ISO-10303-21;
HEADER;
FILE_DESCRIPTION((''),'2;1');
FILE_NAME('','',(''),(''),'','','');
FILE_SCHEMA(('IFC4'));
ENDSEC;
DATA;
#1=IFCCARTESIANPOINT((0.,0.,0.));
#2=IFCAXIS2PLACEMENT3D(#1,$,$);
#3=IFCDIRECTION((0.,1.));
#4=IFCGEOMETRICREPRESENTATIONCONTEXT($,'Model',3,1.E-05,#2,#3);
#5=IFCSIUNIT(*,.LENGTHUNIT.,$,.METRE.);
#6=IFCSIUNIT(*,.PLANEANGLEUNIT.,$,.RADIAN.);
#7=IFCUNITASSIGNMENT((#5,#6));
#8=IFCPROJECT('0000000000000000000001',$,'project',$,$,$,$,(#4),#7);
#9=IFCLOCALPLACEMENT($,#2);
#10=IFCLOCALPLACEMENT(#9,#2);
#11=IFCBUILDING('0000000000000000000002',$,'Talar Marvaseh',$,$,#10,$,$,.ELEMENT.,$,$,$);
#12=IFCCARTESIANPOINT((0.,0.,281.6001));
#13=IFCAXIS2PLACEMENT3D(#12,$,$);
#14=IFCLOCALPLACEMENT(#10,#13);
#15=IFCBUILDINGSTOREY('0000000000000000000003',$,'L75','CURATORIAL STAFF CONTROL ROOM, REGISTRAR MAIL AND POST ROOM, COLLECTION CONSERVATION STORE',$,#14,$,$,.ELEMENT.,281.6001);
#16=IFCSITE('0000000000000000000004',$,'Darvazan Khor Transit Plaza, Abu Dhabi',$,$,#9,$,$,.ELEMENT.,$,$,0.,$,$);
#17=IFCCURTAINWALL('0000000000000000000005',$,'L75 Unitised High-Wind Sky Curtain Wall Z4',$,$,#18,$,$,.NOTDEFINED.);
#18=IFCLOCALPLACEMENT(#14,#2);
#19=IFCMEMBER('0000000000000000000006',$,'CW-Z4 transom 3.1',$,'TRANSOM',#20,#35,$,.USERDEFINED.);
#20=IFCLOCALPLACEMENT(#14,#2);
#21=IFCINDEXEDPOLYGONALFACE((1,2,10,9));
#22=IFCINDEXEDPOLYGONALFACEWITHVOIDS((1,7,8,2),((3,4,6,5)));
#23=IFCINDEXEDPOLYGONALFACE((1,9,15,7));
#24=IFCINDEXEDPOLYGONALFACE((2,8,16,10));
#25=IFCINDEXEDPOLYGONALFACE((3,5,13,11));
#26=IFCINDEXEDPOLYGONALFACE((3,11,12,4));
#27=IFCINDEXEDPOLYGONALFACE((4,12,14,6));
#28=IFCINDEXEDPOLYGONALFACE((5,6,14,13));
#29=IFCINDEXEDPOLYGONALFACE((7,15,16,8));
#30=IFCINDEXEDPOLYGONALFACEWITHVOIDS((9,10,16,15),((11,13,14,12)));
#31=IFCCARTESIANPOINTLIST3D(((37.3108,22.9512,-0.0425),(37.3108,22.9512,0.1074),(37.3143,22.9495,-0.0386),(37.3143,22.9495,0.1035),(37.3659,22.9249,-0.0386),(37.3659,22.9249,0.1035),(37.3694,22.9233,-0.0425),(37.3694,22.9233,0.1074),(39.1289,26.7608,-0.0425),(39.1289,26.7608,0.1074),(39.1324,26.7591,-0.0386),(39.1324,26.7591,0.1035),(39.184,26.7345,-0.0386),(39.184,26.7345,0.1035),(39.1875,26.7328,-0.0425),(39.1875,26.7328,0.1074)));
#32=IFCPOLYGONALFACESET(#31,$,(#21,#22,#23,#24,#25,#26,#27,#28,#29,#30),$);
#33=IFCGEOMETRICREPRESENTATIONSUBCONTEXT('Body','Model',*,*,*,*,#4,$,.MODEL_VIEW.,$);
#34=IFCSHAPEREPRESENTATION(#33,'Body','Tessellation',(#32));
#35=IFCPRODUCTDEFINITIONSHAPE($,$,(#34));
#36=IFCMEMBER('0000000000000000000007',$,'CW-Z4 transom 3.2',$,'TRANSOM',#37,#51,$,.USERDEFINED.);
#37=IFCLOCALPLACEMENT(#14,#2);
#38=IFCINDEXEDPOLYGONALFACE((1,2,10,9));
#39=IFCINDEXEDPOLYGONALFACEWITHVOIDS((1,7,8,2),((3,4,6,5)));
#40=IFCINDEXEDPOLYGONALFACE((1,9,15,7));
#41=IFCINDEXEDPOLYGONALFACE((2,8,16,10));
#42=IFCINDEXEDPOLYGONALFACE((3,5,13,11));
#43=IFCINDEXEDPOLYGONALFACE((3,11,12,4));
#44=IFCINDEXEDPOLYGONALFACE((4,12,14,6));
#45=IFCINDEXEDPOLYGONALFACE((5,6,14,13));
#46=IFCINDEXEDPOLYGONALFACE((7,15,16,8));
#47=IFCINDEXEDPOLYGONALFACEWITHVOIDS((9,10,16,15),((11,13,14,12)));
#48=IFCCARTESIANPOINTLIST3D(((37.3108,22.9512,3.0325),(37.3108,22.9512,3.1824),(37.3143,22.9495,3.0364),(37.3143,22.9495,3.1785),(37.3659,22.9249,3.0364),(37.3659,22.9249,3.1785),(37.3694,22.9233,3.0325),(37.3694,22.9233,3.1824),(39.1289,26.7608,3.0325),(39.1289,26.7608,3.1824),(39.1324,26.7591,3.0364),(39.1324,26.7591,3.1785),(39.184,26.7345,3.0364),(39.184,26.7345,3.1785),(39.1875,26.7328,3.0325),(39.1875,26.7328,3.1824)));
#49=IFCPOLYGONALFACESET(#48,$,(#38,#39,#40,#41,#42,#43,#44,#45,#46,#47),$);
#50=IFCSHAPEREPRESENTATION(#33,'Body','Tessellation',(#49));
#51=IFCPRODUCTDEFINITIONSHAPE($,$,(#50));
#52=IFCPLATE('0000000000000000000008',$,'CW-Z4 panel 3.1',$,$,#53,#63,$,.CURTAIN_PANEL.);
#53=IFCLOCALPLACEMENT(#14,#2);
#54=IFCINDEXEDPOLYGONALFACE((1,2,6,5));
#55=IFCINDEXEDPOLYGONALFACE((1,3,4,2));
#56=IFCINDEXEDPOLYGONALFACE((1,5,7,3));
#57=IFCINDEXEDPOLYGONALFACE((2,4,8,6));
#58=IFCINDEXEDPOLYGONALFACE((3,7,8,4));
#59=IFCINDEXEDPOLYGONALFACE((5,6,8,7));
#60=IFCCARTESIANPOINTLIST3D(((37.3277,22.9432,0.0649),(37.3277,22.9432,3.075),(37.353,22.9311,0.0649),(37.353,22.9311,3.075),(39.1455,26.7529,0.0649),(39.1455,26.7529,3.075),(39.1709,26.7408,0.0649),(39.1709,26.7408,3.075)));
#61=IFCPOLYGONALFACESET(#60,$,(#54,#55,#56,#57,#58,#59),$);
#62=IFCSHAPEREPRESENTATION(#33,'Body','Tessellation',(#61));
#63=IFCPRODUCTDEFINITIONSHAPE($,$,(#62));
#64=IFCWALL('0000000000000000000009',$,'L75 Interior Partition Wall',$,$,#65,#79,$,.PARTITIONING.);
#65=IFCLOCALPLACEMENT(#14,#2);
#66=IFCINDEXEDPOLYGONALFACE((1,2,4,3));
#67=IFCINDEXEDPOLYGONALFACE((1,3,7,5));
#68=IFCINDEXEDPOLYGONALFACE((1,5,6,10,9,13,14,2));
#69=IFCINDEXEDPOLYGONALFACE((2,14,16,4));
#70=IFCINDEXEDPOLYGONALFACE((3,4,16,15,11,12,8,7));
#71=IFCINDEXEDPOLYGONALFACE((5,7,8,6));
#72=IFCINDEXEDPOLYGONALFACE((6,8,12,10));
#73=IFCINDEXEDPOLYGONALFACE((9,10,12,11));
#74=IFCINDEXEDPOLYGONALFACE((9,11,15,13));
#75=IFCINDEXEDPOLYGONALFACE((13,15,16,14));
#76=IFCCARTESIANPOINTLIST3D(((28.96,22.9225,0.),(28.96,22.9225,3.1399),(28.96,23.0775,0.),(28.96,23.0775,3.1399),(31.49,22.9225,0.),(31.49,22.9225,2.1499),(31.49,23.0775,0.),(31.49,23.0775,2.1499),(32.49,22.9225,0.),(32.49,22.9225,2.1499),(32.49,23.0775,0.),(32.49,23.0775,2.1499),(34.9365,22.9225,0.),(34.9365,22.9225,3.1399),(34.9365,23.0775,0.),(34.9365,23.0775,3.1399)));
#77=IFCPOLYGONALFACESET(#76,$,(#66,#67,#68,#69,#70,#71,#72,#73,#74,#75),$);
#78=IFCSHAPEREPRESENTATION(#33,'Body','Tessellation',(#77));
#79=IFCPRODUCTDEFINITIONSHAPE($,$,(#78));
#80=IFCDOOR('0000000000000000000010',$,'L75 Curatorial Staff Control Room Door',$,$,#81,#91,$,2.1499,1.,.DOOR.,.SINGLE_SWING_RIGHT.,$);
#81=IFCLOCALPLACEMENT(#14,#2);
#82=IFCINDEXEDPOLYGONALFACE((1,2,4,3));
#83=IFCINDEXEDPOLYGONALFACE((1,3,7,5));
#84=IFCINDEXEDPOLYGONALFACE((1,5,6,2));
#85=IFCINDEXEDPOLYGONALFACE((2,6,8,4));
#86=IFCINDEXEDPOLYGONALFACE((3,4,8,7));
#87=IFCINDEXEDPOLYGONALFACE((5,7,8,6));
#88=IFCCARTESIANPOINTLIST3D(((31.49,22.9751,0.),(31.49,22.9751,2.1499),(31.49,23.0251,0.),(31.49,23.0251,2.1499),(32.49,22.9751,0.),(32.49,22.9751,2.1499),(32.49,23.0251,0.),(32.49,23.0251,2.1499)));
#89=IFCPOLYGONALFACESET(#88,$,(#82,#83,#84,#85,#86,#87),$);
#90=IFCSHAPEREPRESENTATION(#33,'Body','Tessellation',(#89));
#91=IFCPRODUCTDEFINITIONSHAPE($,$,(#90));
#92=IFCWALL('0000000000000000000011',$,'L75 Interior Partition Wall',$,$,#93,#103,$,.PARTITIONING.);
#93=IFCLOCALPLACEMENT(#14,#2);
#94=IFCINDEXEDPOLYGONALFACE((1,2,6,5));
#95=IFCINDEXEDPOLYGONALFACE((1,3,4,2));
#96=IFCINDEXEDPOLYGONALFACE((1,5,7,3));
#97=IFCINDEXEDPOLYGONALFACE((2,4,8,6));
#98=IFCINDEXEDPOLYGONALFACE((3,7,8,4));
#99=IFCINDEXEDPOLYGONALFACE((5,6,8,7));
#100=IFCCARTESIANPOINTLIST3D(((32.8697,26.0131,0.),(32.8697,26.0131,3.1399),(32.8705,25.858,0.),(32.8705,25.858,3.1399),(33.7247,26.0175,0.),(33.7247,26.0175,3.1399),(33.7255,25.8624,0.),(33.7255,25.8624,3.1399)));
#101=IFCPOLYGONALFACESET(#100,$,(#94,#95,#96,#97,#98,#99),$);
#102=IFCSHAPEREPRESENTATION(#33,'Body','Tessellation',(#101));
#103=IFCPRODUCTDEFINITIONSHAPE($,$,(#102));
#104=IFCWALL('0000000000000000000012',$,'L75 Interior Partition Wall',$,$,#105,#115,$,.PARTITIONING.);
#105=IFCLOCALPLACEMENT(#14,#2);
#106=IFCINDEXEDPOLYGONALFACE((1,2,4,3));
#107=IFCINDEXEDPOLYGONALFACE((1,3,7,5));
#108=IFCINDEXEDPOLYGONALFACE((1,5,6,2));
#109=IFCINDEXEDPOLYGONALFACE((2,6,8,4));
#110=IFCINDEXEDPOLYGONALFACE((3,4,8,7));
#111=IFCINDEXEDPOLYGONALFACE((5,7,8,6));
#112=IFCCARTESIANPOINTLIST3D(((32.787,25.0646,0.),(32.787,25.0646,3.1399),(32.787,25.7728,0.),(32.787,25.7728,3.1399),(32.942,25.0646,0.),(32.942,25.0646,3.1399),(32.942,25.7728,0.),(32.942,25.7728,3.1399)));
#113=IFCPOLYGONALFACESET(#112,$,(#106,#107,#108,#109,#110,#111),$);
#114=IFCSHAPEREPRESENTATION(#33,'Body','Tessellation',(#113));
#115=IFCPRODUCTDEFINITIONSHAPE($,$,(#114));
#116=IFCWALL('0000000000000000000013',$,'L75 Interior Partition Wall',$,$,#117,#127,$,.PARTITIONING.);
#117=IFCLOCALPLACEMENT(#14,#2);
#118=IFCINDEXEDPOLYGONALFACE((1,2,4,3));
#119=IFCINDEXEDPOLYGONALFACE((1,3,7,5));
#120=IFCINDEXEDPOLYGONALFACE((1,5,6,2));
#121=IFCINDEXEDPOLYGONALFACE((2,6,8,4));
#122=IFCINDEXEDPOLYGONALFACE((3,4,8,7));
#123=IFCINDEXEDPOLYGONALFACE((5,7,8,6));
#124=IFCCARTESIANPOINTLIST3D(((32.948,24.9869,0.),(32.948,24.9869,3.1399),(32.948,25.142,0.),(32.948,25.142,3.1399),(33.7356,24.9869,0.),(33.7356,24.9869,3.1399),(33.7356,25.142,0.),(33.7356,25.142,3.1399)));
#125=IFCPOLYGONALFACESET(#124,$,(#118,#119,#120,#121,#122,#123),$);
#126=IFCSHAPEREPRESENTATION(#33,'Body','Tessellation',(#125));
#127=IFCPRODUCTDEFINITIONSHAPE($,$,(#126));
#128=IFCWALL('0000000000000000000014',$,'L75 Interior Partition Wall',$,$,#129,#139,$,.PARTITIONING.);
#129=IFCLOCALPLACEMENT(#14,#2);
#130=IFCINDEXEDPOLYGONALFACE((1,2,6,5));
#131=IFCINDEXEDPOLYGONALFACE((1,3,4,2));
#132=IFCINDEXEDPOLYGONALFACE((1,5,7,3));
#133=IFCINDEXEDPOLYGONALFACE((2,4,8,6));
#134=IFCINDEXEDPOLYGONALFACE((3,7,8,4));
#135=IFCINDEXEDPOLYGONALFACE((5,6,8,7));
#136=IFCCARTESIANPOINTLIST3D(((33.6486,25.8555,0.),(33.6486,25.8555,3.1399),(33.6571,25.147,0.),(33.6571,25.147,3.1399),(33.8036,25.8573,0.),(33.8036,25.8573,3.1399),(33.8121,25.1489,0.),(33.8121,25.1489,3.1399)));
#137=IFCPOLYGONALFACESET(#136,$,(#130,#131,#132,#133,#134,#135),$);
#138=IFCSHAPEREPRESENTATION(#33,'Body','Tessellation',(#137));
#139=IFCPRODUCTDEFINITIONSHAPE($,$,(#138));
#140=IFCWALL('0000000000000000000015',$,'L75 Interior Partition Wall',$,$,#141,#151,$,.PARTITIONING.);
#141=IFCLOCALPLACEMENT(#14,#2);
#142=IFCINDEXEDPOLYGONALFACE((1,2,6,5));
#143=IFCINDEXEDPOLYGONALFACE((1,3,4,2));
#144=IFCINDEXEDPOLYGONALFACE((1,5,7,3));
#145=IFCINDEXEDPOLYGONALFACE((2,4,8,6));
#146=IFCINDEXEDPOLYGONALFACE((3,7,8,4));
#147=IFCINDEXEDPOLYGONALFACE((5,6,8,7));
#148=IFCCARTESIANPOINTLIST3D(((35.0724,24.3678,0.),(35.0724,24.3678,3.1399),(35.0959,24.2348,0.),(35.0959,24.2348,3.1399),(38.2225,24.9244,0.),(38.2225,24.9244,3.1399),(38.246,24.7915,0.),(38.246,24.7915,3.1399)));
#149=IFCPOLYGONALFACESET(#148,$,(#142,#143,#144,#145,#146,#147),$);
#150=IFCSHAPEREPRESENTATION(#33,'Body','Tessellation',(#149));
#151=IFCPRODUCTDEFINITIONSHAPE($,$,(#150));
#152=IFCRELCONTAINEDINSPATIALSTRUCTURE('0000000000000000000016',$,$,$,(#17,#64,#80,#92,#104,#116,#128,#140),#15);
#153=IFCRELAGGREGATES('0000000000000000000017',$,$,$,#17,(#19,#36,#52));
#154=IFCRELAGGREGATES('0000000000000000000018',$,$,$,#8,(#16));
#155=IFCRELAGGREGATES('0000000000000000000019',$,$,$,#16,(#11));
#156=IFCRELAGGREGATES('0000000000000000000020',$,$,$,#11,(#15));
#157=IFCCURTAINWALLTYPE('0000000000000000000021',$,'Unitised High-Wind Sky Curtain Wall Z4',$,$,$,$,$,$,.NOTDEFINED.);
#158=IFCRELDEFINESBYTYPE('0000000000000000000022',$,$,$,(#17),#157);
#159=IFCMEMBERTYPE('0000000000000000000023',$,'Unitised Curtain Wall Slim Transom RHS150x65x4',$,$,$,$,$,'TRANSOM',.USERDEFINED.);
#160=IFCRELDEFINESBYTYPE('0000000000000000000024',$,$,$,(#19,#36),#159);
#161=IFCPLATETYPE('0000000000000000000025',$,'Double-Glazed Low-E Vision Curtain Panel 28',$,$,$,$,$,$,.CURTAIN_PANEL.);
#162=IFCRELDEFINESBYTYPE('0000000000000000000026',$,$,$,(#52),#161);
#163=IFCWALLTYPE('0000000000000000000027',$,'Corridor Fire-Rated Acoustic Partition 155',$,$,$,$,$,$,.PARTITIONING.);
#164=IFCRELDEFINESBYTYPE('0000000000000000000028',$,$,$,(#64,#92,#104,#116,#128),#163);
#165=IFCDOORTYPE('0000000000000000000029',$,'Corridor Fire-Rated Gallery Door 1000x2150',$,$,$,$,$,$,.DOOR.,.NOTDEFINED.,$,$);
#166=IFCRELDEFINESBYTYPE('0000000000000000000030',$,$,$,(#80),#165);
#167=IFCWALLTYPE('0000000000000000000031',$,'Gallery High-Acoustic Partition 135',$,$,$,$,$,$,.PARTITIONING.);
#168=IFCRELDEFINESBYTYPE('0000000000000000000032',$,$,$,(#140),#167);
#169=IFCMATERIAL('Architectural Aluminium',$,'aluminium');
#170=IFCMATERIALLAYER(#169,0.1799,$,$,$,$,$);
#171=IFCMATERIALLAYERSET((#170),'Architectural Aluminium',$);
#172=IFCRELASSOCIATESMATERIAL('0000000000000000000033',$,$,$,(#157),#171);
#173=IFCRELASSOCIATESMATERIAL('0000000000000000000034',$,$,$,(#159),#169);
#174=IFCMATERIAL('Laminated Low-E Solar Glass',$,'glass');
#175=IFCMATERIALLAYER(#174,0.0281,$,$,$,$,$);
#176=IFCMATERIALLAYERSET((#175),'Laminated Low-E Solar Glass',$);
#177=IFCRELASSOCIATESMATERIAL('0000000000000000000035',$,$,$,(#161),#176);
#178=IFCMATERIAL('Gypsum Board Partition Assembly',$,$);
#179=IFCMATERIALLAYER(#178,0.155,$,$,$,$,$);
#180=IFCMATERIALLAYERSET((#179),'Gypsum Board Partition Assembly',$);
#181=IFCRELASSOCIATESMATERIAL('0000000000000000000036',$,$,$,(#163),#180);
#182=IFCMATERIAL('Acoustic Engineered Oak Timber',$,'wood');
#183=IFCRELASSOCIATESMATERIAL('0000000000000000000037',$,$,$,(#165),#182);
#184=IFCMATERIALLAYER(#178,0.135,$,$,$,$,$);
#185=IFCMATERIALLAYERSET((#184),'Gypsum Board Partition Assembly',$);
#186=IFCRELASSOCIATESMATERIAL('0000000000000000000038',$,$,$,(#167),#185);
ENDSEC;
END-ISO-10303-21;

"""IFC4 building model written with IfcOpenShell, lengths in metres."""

from ifc_helpers import new_model, si_unit, direction, frame, frame_2d, origin, origin_2d, place, context, subcontext, project, spatial, rectangle, hollow_rectangle, extrude, source, transform, mapped, material, layer, layer_set, material_profile, profile_set, type_object, type_shapes, element, fill, aggregate, save


model = new_model("IFC4")

# Units and contexts
model_context = context("Model", 3, precision=1e-05, world=origin(), true_north=direction((0.0, 1.0)))
body_context = subcontext(model_context, "Body", "Model", "MODEL_VIEW")
ifc_project = project(units=[si_unit("LENGTHUNIT", "METRE"), si_unit("PLANEANGLEUNIT", "RADIAN")], contexts=[model_context])

# Site, building, storey
site_placement = place(None, origin())
site = spatial("IfcSite", under=ifc_project, at=site_placement, Name="Darvazan Khor Transit Plaza, Abu Dhabi", CompositionType="ELEMENT", RefElevation=0.0)
building_placement = place(site_placement, origin())
building = spatial("IfcBuilding", under=site, at=building_placement, Name="Talar Marvaseh", CompositionType="ELEMENT")
storey_placement = place(building_placement, frame((0.0, 0.0, 281.6001)))
storey = spatial("IfcBuildingStorey", under=building, at=storey_placement, Name="L75", Description="CURATORIAL STAFF CONTROL ROOM, REGISTRAR MAIL AND POST ROOM, COLLECTION CONSERVATION STORE", CompositionType="ELEMENT", Elevation=281.6001)

# Curtain wall, members, plate
ifc_material_1 = material(Name="Architectural Aluminium", Category="aluminium")
ifc_layer_1 = layer(ifc_material_1, 0.1799)
ifc_layer_set_1 = layer_set([ifc_layer_1], Name="Architectural Aluminium")
curtain_wall_type = type_object("IfcCurtainWallType", Name="Unitised High-Wind Sky Curtain Wall Z4", PredefinedType="NOTDEFINED", material=ifc_layer_set_1)
curtain_wall_placement = place(storey_placement, origin())
curtain_wall = element("IfcCurtainWall", 1, at=curtain_wall_placement, inside=storey, type_object=curtain_wall_type, Name="L75 Unitised High-Wind Sky Curtain Wall Z4", PredefinedType="NOTDEFINED")
ifc_material_profile_1 = material_profile(ifc_material_1, hollow_rectangle(XDim=0.0649, YDim=0.1499, WallThickness=0.0039, at=origin_2d()), Name="RHS150x65x4")
ifc_profile_set_1 = profile_set([ifc_material_profile_1], Name="Architectural Aluminium")
member_type_1 = type_object("IfcMemberType", Name="Unitised Curtain Wall Slim Transom RHS150x65x4", ElementType="TRANSOM", PredefinedType="USERDEFINED", material=ifc_profile_set_1)
shared_shape_1 = source(origin(), body_context, "Body", "SweptSolid", [
    extrude(hollow_rectangle(XDim=0.0649, YDim=0.1499, WallThickness=0.0039, at=origin_2d()), origin(), (0.0, 0.0, 1.0), 4.2212),
])
member_1_placement = place(storey_placement, frame((39.1582, 26.7468, 0.0325), z_axis=(-0.430712, -0.902489, 0.0), x_axis=(0.902489, -0.430712, 0.0)))
member_1 = element("IfcMember", 2, at=member_1_placement, type_object=member_type_1, Name="CW-Z4 transom 3.1", ObjectType="TRANSOM", PredefinedType="USERDEFINED", context=body_context, shape_type="MappedRepresentation", body=[
    mapped(shared_shape_1, transform((0.0, 0.0, 0.0), x_axis=(1.0, 0.0, 0.0), y_axis=(0.0, 1.0, 0.0), z_axis=(0.0, 0.0, 1.0), scale=1.0)),
])
member_2_placement = place(storey_placement, frame((39.1582, 26.7468, 3.1074), z_axis=(-0.430712, -0.902489, 0.0), x_axis=(0.902489, -0.430712, 0.0)))
member_2 = element("IfcMember", 3, at=member_2_placement, type_object=member_type_1, Name="CW-Z4 transom 3.2", ObjectType="TRANSOM", PredefinedType="USERDEFINED", context=body_context, shape_type="MappedRepresentation", body=[
    mapped(shared_shape_1, transform((0.0, 0.0, 0.0), x_axis=(1.0, 0.0, 0.0), y_axis=(0.0, 1.0, 0.0), z_axis=(0.0, 0.0, 1.0), scale=1.0)),
])
ifc_material_2 = material(Name="Laminated Low-E Solar Glass", Category="glass")
ifc_layer_2 = layer(ifc_material_2, 0.0281)
ifc_layer_set_2 = layer_set([ifc_layer_2], Name="Laminated Low-E Solar Glass")
plate_type = type_object("IfcPlateType", Name="Double-Glazed Low-E Vision Curtain Panel 28", PredefinedType="CURTAIN_PANEL", material=ifc_layer_set_2)
shared_shape_2 = source(origin(), body_context, "Body", "SweptSolid", [
    extrude(rectangle(XDim=4.2212, YDim=0.0281, at=origin_2d()), origin(), (0.0, 0.0, 1.0), 3.01),
])
type_shapes(plate_type, [shared_shape_2])
plate_placement = place(storey_placement, frame((38.2493, 24.842, 0.0649), z_axis=(0.0, 0.0, 1.0), x_axis=(-0.430655, -0.902517, 0.0)))
plate = element("IfcPlate", 4, at=plate_placement, type_object=plate_type, Name="CW-Z4 panel 3.1", PredefinedType="CURTAIN_PANEL", context=body_context, shape_type="MappedRepresentation", body=[
    mapped(shared_shape_2, transform((0.0, 0.0, 0.0), x_axis=(1.0, 0.0, 0.0), y_axis=(0.0, 1.0, 0.0), z_axis=(0.0, 0.0, 1.0), scale=1.0)),
])
aggregate(curtain_wall, [member_1, member_2, plate])

# Wall, opening, door
ifc_material_3 = material(Name="Gypsum Board Partition Assembly")
ifc_layer_3 = layer(ifc_material_3, 0.155)
ifc_layer_set_3 = layer_set([ifc_layer_3], Name="Gypsum Board Partition Assembly")
wall_type_1 = type_object("IfcWallType", Name="Corridor Fire-Rated Acoustic Partition 155", PredefinedType="PARTITIONING", material=ifc_layer_set_3)
wall_1_placement = place(storey_placement, frame((34.9365, 23.0, 0.0), z_axis=(0.0, 0.0, 1.0), x_axis=(-1.0, 0.0, 0.0)))
wall_1 = element("IfcWall", 5, at=wall_1_placement, inside=storey, type_object=wall_type_1, Name="L75 Interior Partition Wall", PredefinedType="PARTITIONING", context=body_context, shape_type="SweptSolid", body=[
    extrude(rectangle(XDim=5.9766, YDim=0.155, at=frame_2d((2.9883, 0.0))), origin(), (0.0, 0.0, 1.0), 3.1399),
])
opening_1_placement = place(wall_1_placement, frame((2.4465, 0.0, 0.0)))
opening_1 = element("IfcOpeningElement", 6, at=opening_1_placement, cuts=wall_1, PredefinedType="OPENING", context=body_context, shape_type="SweptSolid", body=[
    extrude(rectangle(XDim=1.0, YDim=2.1499, at=frame_2d((0.5, 1.075))), frame((0.0, 0.0874, 0.0), z_axis=(0.0, -1.0, 0.0), x_axis=(1.0, 0.0, 0.0)), (0.0, 0.0, 1.0), 0.175),
])
ifc_material_4 = material(Name="Acoustic Engineered Oak Timber", Category="wood")
door_type_1 = type_object("IfcDoorType", Name="Corridor Fire-Rated Gallery Door 1000x2150", OperationType="NOTDEFINED", PredefinedType="DOOR", material=ifc_material_4)
shared_shape_3 = source(origin(), body_context, "Body", "SweptSolid", [
    extrude(rectangle(XDim=1.0, YDim=2.1499, at=frame_2d((0.5, 1.075))), frame((0.0, 0.0249, 0.0), z_axis=(0.0, -1.0, 0.0), x_axis=(1.0, 0.0, 0.0)), (0.0, 0.0, 1.0), 0.05),
])
type_shapes(door_type_1, [shared_shape_3])
door_1_placement = place(opening_1_placement, origin())
door_1 = element("IfcDoor", 7, at=door_1_placement, inside=storey, type_object=door_type_1, Name="L75 Curatorial Staff Control Room Door", OperationType="SINGLE_SWING_RIGHT", OverallHeight=2.1499, OverallWidth=1.0, PredefinedType="DOOR", context=body_context, shape_type="MappedRepresentation", body=[
    mapped(shared_shape_3, transform((0.0, 0.0, 0.0), x_axis=(1.0, 0.0, 0.0), y_axis=(0.0, 1.0, 0.0), z_axis=(0.0, 0.0, 1.0), scale=1.0)),
])
fill(opening_1, door_1)

# Walls
wall_2_placement = place(storey_placement, frame((33.7251, 25.9399, 0.0), z_axis=(0.0, 0.0, 1.0), x_axis=(-0.999987, -0.00514, 0.0)))
element("IfcWall", 8, at=wall_2_placement, inside=storey, type_object=wall_type_1, Name="L75 Interior Partition Wall", PredefinedType="PARTITIONING", context=body_context, shape_type="SweptSolid", body=[
    extrude(rectangle(XDim=0.855, YDim=0.155, at=frame_2d((0.4275, 0.0))), origin(), (0.0, 0.0, 1.0), 3.1399),
])
wall_3_placement = place(storey_placement, frame((32.8645, 25.7727, 0.0), z_axis=(0.0, 0.0, 1.0), x_axis=(0.0, -1.0, 0.0)))
element("IfcWall", 9, at=wall_3_placement, inside=storey, type_object=wall_type_1, Name="L75 Interior Partition Wall", PredefinedType="PARTITIONING", context=body_context, shape_type="SweptSolid", body=[
    extrude(rectangle(XDim=0.7083, YDim=0.155, at=frame_2d((0.354, 0.0))), origin(), (0.0, 0.0, 1.0), 3.1399),
])
wall_4_placement = place(storey_placement, frame((32.948, 25.0645, 0.0), z_axis=(0.0, 0.0, 1.0), x_axis=(1.0, 0.0, 0.0)))
element("IfcWall", 10, at=wall_4_placement, inside=storey, type_object=wall_type_1, Name="L75 Interior Partition Wall", PredefinedType="PARTITIONING", context=body_context, shape_type="SweptSolid", body=[
    extrude(rectangle(XDim=0.7876, YDim=0.155, at=frame_2d((0.3938, 0.0))), origin(), (0.0, 0.0, 1.0), 3.1399),
])
wall_5_placement = place(storey_placement, frame((33.7346, 25.1479, 0.0), z_axis=(0.0, 0.0, 1.0), x_axis=(-0.01206, 0.999927, 0.0)))
element("IfcWall", 11, at=wall_5_placement, inside=storey, type_object=wall_type_1, Name="L75 Interior Partition Wall", PredefinedType="PARTITIONING", context=body_context, shape_type="SweptSolid", body=[
    extrude(rectangle(XDim=0.7085, YDim=0.155, at=frame_2d((0.3542, 0.0))), origin(), (0.0, 0.0, 1.0), 3.1399),
])
ifc_layer_4 = layer(ifc_material_3, 0.135)
ifc_layer_set_4 = layer_set([ifc_layer_4], Name="Gypsum Board Partition Assembly")
wall_type_2 = type_object("IfcWallType", Name="Gallery High-Acoustic Partition 135", PredefinedType="PARTITIONING", material=ifc_layer_set_4)
wall_6_placement = place(storey_placement, frame((35.084, 24.3013, 0.0), z_axis=(0.0, 0.0, 1.0), x_axis=(0.984744, 0.174007, 0.0)))
element("IfcWall", 12, at=wall_6_placement, inside=storey, type_object=wall_type_2, Name="L75 Interior Partition Wall", PredefinedType="PARTITIONING", context=body_context, shape_type="SweptSolid", body=[
    extrude(rectangle(XDim=3.199, YDim=0.135, at=frame_2d((1.5996, 0.0))), origin(), (0.0, 0.0, 1.0), 3.1399),
])

save(model, "model.ifc")
